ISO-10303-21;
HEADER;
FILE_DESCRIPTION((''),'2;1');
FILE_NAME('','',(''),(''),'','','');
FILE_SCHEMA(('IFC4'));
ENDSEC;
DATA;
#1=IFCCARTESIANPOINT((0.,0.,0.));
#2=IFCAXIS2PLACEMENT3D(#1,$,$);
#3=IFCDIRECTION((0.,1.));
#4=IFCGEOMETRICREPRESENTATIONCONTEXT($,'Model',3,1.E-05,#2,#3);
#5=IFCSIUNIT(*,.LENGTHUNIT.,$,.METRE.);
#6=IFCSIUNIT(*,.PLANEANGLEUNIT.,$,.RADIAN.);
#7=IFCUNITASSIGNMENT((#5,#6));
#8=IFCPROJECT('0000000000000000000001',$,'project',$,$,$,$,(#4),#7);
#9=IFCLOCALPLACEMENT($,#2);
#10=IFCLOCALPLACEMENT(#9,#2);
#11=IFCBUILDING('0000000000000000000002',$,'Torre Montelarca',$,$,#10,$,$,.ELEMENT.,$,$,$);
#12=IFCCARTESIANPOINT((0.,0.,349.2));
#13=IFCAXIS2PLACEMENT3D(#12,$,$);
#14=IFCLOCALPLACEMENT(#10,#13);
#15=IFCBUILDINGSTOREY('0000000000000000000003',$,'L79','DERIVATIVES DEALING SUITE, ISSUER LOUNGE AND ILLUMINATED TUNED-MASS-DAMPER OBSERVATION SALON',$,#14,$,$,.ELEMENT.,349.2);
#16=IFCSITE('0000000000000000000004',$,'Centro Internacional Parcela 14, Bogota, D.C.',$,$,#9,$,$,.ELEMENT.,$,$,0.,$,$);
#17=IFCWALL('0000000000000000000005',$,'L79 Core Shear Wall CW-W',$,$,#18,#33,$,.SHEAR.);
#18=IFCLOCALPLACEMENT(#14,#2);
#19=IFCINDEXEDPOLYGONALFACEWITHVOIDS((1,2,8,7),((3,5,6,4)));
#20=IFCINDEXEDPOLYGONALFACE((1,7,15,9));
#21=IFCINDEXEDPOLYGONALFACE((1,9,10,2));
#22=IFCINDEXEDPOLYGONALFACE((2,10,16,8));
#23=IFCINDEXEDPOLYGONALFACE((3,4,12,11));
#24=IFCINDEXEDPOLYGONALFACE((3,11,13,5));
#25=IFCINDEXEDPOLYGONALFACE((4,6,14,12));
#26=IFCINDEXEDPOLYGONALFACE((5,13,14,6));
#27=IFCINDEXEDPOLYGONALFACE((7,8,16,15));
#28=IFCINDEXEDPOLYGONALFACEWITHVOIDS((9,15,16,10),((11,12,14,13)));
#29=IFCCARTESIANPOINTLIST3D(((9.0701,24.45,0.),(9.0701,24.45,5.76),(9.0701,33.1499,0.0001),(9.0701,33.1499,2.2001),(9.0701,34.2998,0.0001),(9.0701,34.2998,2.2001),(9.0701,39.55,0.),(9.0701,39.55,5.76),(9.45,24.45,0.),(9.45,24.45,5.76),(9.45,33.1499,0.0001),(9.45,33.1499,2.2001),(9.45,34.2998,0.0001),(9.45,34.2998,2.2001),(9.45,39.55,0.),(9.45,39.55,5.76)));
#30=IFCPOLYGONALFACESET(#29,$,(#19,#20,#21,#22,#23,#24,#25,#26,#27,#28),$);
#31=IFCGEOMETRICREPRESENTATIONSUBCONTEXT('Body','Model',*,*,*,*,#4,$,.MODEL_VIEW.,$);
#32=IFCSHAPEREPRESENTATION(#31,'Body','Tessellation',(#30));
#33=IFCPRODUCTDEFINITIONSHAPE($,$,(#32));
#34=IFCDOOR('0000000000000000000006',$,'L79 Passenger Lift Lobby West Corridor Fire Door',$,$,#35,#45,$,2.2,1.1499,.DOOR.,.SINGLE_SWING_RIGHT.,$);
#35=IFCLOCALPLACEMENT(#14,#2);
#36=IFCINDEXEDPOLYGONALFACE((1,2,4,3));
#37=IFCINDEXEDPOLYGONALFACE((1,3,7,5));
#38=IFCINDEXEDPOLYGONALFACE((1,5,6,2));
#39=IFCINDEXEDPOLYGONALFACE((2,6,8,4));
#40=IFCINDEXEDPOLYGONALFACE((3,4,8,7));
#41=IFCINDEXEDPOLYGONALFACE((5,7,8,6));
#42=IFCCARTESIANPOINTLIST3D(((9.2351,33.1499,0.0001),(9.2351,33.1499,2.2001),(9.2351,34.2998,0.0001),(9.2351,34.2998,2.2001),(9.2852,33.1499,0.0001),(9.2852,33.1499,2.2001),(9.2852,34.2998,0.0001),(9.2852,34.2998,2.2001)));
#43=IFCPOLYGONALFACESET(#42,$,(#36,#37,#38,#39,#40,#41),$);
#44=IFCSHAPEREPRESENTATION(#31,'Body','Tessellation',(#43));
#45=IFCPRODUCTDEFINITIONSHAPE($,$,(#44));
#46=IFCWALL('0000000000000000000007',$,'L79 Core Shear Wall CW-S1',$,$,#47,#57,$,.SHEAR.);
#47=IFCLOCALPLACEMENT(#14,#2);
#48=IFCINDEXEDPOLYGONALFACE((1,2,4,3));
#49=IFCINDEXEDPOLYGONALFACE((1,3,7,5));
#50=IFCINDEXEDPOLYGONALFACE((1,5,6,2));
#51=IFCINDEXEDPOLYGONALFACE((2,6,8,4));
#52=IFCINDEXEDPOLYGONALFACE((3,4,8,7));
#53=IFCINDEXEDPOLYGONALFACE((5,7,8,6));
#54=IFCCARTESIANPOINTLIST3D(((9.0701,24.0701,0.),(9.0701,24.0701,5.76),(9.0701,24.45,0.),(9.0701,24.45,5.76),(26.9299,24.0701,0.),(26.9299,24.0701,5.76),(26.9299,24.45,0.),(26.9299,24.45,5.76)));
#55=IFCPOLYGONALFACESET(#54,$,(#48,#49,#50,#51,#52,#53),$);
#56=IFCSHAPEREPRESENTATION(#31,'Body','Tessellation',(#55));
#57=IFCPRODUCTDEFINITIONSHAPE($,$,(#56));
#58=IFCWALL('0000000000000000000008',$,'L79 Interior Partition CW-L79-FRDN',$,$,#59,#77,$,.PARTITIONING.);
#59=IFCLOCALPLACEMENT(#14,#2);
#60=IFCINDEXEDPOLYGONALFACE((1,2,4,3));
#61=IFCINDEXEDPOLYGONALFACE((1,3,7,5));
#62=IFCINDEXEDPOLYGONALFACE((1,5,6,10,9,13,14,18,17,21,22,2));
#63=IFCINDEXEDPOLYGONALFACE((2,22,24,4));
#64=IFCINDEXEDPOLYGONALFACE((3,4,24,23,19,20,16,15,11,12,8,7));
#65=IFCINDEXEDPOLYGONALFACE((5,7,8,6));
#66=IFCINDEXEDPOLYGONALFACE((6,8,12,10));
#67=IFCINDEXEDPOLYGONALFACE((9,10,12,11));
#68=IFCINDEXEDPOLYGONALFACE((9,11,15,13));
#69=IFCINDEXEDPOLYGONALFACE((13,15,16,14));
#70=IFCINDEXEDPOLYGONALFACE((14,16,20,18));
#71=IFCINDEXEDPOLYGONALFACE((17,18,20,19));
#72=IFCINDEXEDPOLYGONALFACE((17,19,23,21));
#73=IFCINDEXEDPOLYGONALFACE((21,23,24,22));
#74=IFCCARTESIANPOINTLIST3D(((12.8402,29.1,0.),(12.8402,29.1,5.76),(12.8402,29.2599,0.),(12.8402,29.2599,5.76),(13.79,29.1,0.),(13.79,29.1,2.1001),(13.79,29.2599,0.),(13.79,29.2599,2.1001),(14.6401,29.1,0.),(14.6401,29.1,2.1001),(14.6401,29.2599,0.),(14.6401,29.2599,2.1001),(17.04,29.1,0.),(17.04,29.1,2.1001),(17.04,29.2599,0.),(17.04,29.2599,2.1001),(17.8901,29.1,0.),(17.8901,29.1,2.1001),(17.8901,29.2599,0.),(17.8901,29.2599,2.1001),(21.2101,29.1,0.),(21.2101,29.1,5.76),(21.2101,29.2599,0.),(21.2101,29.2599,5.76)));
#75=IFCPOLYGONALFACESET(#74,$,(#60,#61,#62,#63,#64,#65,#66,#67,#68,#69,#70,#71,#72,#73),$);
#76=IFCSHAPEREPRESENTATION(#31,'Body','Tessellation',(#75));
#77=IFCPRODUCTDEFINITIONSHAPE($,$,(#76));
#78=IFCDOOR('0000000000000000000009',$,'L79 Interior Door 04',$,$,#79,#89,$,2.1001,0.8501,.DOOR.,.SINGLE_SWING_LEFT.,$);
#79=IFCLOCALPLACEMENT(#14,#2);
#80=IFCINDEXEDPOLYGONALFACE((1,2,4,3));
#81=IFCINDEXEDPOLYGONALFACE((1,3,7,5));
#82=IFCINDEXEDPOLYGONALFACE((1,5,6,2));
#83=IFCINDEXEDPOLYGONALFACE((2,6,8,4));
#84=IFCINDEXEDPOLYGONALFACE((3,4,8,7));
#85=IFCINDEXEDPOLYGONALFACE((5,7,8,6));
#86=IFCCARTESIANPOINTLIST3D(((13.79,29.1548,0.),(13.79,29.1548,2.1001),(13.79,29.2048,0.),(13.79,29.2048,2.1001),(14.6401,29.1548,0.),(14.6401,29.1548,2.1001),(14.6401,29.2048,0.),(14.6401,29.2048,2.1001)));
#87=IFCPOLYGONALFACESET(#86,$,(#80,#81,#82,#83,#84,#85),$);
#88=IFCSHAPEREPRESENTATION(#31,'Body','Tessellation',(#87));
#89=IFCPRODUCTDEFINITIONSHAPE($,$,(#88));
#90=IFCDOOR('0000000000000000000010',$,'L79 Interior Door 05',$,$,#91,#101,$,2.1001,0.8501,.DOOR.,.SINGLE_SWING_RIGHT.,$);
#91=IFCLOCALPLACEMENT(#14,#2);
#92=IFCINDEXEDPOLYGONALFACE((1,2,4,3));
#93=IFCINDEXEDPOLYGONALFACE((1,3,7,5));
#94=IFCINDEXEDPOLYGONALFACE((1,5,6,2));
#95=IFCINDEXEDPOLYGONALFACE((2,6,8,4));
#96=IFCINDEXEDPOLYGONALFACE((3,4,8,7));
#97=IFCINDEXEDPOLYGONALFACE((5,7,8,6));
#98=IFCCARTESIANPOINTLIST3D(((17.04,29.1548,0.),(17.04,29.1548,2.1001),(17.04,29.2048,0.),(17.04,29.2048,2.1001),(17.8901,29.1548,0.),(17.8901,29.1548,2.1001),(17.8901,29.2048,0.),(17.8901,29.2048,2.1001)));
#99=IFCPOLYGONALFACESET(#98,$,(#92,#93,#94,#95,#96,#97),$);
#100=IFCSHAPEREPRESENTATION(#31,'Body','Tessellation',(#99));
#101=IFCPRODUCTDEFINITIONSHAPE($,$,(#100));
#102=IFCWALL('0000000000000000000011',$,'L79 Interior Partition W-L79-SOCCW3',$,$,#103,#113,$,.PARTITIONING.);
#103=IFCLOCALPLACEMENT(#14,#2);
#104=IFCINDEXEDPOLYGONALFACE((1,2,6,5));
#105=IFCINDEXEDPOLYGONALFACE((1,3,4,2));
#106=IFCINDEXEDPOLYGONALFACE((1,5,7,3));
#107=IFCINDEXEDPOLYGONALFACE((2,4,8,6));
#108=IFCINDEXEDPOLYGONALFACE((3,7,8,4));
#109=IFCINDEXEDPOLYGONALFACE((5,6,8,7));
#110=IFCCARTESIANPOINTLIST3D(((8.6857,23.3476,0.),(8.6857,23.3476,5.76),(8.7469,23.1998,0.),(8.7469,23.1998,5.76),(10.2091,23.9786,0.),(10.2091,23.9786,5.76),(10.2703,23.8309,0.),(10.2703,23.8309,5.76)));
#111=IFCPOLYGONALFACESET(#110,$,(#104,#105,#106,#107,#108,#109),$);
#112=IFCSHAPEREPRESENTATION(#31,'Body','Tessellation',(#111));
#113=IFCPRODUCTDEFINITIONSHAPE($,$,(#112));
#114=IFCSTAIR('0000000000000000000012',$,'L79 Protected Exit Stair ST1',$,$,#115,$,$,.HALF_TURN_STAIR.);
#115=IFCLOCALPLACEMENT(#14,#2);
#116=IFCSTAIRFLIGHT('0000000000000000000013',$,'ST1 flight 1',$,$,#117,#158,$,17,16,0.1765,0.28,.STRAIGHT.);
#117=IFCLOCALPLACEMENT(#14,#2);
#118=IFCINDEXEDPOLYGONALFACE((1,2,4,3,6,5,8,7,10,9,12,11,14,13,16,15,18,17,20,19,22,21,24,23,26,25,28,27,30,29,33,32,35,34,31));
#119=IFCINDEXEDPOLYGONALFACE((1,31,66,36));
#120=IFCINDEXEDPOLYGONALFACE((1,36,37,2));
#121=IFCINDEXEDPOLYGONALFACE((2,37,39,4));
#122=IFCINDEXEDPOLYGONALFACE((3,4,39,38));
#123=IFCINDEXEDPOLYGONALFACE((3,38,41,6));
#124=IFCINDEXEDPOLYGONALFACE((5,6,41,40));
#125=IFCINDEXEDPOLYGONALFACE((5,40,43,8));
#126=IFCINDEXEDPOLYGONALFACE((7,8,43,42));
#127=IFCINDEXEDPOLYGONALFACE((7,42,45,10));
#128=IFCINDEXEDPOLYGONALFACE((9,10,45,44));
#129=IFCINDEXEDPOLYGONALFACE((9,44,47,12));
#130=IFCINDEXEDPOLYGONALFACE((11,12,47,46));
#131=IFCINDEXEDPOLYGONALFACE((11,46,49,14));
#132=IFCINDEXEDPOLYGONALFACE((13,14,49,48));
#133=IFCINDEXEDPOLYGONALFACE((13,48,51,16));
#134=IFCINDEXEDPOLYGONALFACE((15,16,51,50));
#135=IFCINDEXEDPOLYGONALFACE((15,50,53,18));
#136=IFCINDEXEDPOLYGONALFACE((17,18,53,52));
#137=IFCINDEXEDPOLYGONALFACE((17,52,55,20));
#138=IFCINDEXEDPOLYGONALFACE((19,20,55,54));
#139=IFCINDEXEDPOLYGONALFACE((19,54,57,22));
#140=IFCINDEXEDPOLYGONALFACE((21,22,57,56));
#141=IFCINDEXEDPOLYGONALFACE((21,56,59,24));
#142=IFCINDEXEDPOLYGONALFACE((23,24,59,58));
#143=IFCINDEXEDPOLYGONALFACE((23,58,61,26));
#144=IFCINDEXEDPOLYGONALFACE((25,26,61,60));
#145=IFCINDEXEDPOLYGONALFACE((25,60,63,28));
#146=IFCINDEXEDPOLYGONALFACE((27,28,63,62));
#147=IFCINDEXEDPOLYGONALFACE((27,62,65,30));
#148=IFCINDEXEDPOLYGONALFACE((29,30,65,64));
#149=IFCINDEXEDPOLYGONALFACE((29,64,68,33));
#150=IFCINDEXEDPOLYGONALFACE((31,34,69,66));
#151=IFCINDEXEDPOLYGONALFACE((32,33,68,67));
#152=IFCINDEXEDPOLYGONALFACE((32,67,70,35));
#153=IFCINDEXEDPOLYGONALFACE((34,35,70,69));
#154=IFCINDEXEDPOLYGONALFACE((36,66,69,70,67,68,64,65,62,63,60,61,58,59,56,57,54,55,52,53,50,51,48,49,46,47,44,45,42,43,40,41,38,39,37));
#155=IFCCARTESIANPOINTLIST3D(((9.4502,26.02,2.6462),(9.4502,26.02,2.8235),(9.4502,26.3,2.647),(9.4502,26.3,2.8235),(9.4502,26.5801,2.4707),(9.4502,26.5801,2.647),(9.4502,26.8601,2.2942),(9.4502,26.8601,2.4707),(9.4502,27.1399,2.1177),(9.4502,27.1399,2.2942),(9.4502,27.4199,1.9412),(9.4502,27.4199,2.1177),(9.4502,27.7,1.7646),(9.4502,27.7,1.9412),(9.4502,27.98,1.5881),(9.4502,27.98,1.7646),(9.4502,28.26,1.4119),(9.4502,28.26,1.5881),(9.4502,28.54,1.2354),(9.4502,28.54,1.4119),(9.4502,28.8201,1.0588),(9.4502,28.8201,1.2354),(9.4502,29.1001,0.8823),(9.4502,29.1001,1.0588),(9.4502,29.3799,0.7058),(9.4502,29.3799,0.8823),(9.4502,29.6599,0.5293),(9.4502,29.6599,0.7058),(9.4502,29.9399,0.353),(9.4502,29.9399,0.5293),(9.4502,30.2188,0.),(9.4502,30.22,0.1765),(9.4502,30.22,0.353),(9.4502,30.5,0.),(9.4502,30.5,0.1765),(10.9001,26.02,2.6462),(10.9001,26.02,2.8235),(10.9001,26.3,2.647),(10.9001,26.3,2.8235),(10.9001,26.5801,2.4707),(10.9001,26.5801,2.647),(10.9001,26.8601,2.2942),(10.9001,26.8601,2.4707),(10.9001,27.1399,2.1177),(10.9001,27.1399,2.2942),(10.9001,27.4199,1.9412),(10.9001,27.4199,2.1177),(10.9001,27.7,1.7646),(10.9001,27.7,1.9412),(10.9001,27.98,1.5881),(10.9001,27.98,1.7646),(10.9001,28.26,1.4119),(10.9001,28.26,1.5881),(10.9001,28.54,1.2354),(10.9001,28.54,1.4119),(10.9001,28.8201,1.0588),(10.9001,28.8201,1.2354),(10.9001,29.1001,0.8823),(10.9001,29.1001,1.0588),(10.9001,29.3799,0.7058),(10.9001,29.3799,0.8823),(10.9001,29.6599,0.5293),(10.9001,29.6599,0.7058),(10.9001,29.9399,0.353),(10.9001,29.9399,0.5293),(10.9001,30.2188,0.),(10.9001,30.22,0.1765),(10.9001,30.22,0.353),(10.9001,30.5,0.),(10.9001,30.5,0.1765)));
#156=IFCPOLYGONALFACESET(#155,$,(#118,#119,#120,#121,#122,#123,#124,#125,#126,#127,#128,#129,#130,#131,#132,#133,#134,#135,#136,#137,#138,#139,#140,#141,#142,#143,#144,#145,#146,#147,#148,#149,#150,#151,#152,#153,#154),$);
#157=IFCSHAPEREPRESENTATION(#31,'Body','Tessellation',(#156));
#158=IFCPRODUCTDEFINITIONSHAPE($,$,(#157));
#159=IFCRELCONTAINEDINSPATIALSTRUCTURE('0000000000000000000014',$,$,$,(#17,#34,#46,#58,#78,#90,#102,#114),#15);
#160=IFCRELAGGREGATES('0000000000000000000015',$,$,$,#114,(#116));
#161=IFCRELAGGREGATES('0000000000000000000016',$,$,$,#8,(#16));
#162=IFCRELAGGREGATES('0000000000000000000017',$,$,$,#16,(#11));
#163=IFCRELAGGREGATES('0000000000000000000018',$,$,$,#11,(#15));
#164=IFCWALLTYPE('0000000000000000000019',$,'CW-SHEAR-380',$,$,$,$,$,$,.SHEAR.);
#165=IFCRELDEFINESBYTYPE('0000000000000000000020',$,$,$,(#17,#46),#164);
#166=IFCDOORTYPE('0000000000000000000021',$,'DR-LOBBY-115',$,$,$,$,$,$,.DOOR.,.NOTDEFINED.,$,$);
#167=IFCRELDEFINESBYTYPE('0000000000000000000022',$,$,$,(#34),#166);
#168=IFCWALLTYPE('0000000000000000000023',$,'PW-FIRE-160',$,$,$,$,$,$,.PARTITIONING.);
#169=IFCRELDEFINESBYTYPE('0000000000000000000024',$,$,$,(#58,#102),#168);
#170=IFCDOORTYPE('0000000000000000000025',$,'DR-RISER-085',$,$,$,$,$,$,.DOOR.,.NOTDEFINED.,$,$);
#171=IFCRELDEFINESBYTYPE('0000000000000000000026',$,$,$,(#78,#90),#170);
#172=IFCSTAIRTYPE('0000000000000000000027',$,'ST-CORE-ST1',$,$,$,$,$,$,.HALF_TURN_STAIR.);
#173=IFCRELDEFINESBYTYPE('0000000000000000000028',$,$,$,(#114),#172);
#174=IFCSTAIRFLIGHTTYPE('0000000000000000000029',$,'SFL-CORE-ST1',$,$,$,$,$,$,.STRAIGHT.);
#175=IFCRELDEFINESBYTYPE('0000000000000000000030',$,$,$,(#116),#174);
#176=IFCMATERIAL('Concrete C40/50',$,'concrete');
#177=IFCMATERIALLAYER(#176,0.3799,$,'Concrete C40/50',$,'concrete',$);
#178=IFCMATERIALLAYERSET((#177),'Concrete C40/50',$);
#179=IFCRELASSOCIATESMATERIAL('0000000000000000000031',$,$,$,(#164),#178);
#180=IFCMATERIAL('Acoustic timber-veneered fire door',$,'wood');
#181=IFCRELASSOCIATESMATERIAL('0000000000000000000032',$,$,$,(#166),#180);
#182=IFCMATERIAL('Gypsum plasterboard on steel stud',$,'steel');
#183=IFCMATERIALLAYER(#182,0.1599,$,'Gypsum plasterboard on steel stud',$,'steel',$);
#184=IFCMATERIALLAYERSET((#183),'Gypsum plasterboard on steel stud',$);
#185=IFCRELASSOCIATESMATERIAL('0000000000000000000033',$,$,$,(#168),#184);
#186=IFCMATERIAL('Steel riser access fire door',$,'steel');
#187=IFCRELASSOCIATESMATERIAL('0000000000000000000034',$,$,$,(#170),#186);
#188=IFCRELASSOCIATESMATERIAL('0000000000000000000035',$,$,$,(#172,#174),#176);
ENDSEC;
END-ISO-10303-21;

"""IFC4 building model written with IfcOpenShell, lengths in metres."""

from ifc_helpers import new_model, si_unit, direction, frame, frame_2d, origin, place, context, subcontext, project, spatial, polyline, rectangle, outline, extrude, source, transform, mapped, material, layer, layer_set, type_object, element, fill, aggregate, save


model = new_model("IFC4")

# Units and contexts
model_context = context("Model", 3, precision=1e-05, world=origin(), true_north=direction((0.0, 1.0)))
body_context = subcontext(model_context, "Body", "Model", "MODEL_VIEW")
ifc_project = project(units=[si_unit("LENGTHUNIT", "METRE"), si_unit("PLANEANGLEUNIT", "RADIAN")], contexts=[model_context])

# Site, building, storey
site_placement = place(None, origin())
site = spatial("IfcSite", under=ifc_project, at=site_placement, Name="Centro Internacional Parcela 14, Bogota, D.C.", CompositionType="ELEMENT", RefElevation=0.0)
building_placement = place(site_placement, origin())
building = spatial("IfcBuilding", under=site, at=building_placement, Name="Torre Montelarca", CompositionType="ELEMENT")
storey_placement = place(building_placement, frame((0.0, 0.0, 349.2)))
storey = spatial("IfcBuildingStorey", under=building, at=storey_placement, Name="L79", Description="DERIVATIVES DEALING SUITE, ISSUER LOUNGE AND ILLUMINATED TUNED-MASS-DAMPER OBSERVATION SALON", CompositionType="ELEMENT", Elevation=349.2)

# Shared definitions
ifc_material_1 = material(Name="Concrete C40/50", Category="concrete")

# Wall, opening, door
ifc_layer_1 = layer(ifc_material_1, 0.3799, Name="Concrete C40/50", Category="concrete")
ifc_layer_set_1 = layer_set([ifc_layer_1], Name="Concrete C40/50")
wall_type_1 = type_object("IfcWallType", Name="CW-SHEAR-380", PredefinedType="SHEAR", material=ifc_layer_set_1)
wall_1_placement = place(storey_placement, frame((9.26, 24.45, 0.0), z_axis=(0.0, 0.0, 1.0), x_axis=(0.0, 1.0, 0.0)))
wall_1 = element("IfcWall", 1, at=wall_1_placement, inside=storey, type_object=wall_type_1, Name="L79 Core Shear Wall CW-W", PredefinedType="SHEAR", context=body_context, shape_type="SweptSolid", body=[
    extrude(rectangle(XDim=15.1001, YDim=0.3799, at=frame_2d((7.55, 0.0))), origin(), (0.0, 0.0, 1.0), 5.76),
])
opening_1_placement = place(wall_1_placement, frame((8.7, 0.0, 0.0)))
opening_1 = element("IfcOpeningElement", 2, at=opening_1_placement, cuts=wall_1, PredefinedType="OPENING", context=body_context, shape_type="SweptSolid", body=[
    extrude(rectangle(XDim=1.1499, YDim=2.2, at=frame_2d((0.575, 1.1001))), frame((0.0, 0.2, 0.0), z_axis=(0.0, -1.0, 0.0), x_axis=(1.0, 0.0, 0.0)), (0.0, 0.0, 1.0), 0.3999),
])
ifc_material_2 = material(Name="Acoustic timber-veneered fire door", Category="wood")
door_type_1 = type_object("IfcDoorType", Name="DR-LOBBY-115", OperationType="NOTDEFINED", PredefinedType="DOOR", material=ifc_material_2)
shared_shape_1 = source(origin(), body_context, "Body", "SweptSolid", [
    extrude(rectangle(XDim=1.1499, YDim=2.2, at=frame_2d((0.575, 1.1001))), frame((0.0, 0.0249, 0.0), z_axis=(0.0, -1.0, 0.0), x_axis=(1.0, 0.0, 0.0)), (0.0, 0.0, 1.0), 0.05),
])
door_1_placement = place(opening_1_placement, origin())
door_1 = element("IfcDoor", 3, at=door_1_placement, inside=storey, type_object=door_type_1, Name="L79 Passenger Lift Lobby West Corridor Fire Door", OperationType="SINGLE_SWING_RIGHT", OverallHeight=2.2, OverallWidth=1.1499, PredefinedType="DOOR", context=body_context, shape_type="MappedRepresentation", body=[
    mapped(shared_shape_1, transform((0.0, 0.0, 0.0), scale=1.0)),
])
fill(opening_1, door_1)

# Wall
wall_2_placement = place(storey_placement, frame((9.0701, 24.26, 0.0), z_axis=(0.0, 0.0, 1.0), x_axis=(1.0, 0.0, 0.0)))
element("IfcWall", 4, at=wall_2_placement, inside=storey, type_object=wall_type_1, Name="L79 Core Shear Wall CW-S1", PredefinedType="SHEAR", context=body_context, shape_type="SweptSolid", body=[
    extrude(rectangle(XDim=17.8599, YDim=0.3799, at=frame_2d((8.9299, 0.0))), origin(), (0.0, 0.0, 1.0), 5.76),
])

# Wall, openings, doors
ifc_material_3 = material(Name="Gypsum plasterboard on steel stud", Category="steel")
ifc_layer_2 = layer(ifc_material_3, 0.1599, Name="Gypsum plasterboard on steel stud", Category="steel")
ifc_layer_set_2 = layer_set([ifc_layer_2], Name="Gypsum plasterboard on steel stud")
wall_type_2 = type_object("IfcWallType", Name="PW-FIRE-160", PredefinedType="PARTITIONING", material=ifc_layer_set_2)
wall_3_placement = place(storey_placement, frame((12.8401, 29.1799, 0.0), z_axis=(0.0, 0.0, 1.0), x_axis=(1.0, 0.0, 0.0)))
wall_3 = element("IfcWall", 5, at=wall_3_placement, inside=storey, type_object=wall_type_2, Name="L79 Interior Partition CW-L79-FRDN", PredefinedType="PARTITIONING", context=body_context, shape_type="SweptSolid", body=[
    extrude(rectangle(XDim=8.3699, YDim=0.1599, at=frame_2d((4.1851, 0.0))), origin(), (0.0, 0.0, 1.0), 5.76),
])
opening_2_placement = place(wall_3_placement, frame((0.95, 0.0, 0.0)))
opening_2 = element("IfcOpeningElement", 6, at=opening_2_placement, cuts=wall_3, PredefinedType="OPENING", context=body_context, shape_type="SweptSolid", body=[
    extrude(rectangle(XDim=0.8501, YDim=2.1001, at=frame_2d((0.425, 1.05))), frame((0.0, 0.0898, 0.0), z_axis=(0.0, -1.0, 0.0), x_axis=(1.0, 0.0, 0.0)), (0.0, 0.0, 1.0), 0.1799),
])
opening_3_placement = place(wall_3_placement, frame((4.2, 0.0, 0.0)))
opening_3 = element("IfcOpeningElement", 7, at=opening_3_placement, cuts=wall_3, PredefinedType="OPENING", context=body_context, shape_type="SweptSolid", body=[
    extrude(rectangle(XDim=0.8501, YDim=2.1001, at=frame_2d((0.425, 1.05))), frame((0.0, 0.0898, 0.0), z_axis=(0.0, -1.0, 0.0), x_axis=(1.0, 0.0, 0.0)), (0.0, 0.0, 1.0), 0.1799),
])
ifc_material_4 = material(Name="Steel riser access fire door", Category="steel")
door_type_2 = type_object("IfcDoorType", Name="DR-RISER-085", OperationType="NOTDEFINED", PredefinedType="DOOR", material=ifc_material_4)
shared_shape_2 = source(origin(), body_context, "Body", "SweptSolid", [
    extrude(rectangle(XDim=0.8501, YDim=2.1001, at=frame_2d((0.425, 1.05))), frame((0.0, 0.0249, 0.0), z_axis=(0.0, -1.0, 0.0), x_axis=(1.0, 0.0, 0.0)), (0.0, 0.0, 1.0), 0.05),
])
door_2_placement = place(opening_2_placement, origin())
door_2 = element("IfcDoor", 8, at=door_2_placement, inside=storey, type_object=door_type_2, Name="L79 Interior Door 04", OperationType="SINGLE_SWING_LEFT", OverallHeight=2.1001, OverallWidth=0.8501, PredefinedType="DOOR", context=body_context, shape_type="MappedRepresentation", body=[
    mapped(shared_shape_2, transform((0.0, 0.0, 0.0), scale=1.0)),
])
fill(opening_2, door_2)
door_3_placement = place(opening_3_placement, origin())
door_3 = element("IfcDoor", 9, at=door_3_placement, inside=storey, type_object=door_type_2, Name="L79 Interior Door 05", OperationType="SINGLE_SWING_RIGHT", OverallHeight=2.1001, OverallWidth=0.8501, PredefinedType="DOOR", context=body_context, shape_type="MappedRepresentation", body=[
    mapped(shared_shape_2, transform((0.0, 0.0, 0.0), scale=1.0)),
])
fill(opening_3, door_3)

# Wall
wall_4_placement = place(storey_placement, frame((8.7163, 23.2737, 0.0), z_axis=(0.0, 0.0, 1.0), x_axis=(0.923863, 0.382722, 0.0)))
element("IfcWall", 10, at=wall_4_placement, inside=storey, type_object=wall_type_2, Name="L79 Interior Partition W-L79-SOCCW3", PredefinedType="PARTITIONING", context=body_context, shape_type="SweptSolid", body=[
    extrude(rectangle(XDim=1.6489, YDim=0.1599, at=frame_2d((0.8245, 0.0))), origin(), (0.0, 0.0, 1.0), 5.76),
])

# Stair, stair flight
stair_type = type_object("IfcStairType", Name="ST-CORE-ST1", PredefinedType="HALF_TURN_STAIR", material=ifc_material_1)
stair_placement = place(storey_placement, origin())
stair = element("IfcStair", 11, at=stair_placement, inside=storey, type_object=stair_type, Name="L79 Protected Exit Stair ST1", PredefinedType="HALF_TURN_STAIR")
stair_flight_type = type_object("IfcStairFlightType", Name="SFL-CORE-ST1", PredefinedType="STRAIGHT", material=ifc_material_1)
stair_flight_1_placement = place(storey_placement, frame((10.175, 30.5, 0.0), z_axis=(0.0, 0.0, 1.0), x_axis=(0.0, -1.0, 0.0)))
stair_flight_1 = element("IfcStairFlight", 12, at=stair_flight_1_placement, type_object=stair_flight_type, Name="ST1 flight 1", NumberOfRisers=17, NumberOfTreads=16, PredefinedType="STRAIGHT", RiserHeight=0.1765, TreadLength=0.28, context=body_context, shape_type="SweptSolid", body=[
    extrude(outline(polyline([(0.0, 0.0), (0.0, 0.1765), (0.28, 0.1765), (0.28, 0.353), (0.5601, 0.353), (0.5601, 0.5293), (0.8401, 0.5293), (0.8401, 0.7058), (1.1201, 0.7058), (1.1201, 0.8823), (1.3999, 0.8823), (1.3999, 1.0588), (1.6799, 1.0588), (1.6799, 1.2354), (1.96, 1.2354), (1.96, 1.4119), (2.24, 1.4119), (2.24, 1.5881), (2.52, 1.5881), (2.52, 1.7646), (2.8, 1.7646), (2.8, 1.9412), (3.0801, 1.9412), (3.0801, 2.1177), (3.3601, 2.1177), (3.3601, 2.2942), (3.6399, 2.2942), (3.6399, 2.4707), (3.9199, 2.4707), (3.9199, 2.647), (4.2, 2.647), (4.2, 2.8235), (4.48, 2.8235), (4.48, 3.0), (4.48, 2.6462), (0.2812, 0.0), (0.0, 0.0)])), frame((0.0, 0.7251, 0.0), z_axis=(0.0, -1.0, 0.0), x_axis=(1.0, 0.0, 0.0)), (0.0, 0.0, 1.0), 1.45),
])
aggregate(stair, [stair_flight_1])

save(model, "model.ifc")
